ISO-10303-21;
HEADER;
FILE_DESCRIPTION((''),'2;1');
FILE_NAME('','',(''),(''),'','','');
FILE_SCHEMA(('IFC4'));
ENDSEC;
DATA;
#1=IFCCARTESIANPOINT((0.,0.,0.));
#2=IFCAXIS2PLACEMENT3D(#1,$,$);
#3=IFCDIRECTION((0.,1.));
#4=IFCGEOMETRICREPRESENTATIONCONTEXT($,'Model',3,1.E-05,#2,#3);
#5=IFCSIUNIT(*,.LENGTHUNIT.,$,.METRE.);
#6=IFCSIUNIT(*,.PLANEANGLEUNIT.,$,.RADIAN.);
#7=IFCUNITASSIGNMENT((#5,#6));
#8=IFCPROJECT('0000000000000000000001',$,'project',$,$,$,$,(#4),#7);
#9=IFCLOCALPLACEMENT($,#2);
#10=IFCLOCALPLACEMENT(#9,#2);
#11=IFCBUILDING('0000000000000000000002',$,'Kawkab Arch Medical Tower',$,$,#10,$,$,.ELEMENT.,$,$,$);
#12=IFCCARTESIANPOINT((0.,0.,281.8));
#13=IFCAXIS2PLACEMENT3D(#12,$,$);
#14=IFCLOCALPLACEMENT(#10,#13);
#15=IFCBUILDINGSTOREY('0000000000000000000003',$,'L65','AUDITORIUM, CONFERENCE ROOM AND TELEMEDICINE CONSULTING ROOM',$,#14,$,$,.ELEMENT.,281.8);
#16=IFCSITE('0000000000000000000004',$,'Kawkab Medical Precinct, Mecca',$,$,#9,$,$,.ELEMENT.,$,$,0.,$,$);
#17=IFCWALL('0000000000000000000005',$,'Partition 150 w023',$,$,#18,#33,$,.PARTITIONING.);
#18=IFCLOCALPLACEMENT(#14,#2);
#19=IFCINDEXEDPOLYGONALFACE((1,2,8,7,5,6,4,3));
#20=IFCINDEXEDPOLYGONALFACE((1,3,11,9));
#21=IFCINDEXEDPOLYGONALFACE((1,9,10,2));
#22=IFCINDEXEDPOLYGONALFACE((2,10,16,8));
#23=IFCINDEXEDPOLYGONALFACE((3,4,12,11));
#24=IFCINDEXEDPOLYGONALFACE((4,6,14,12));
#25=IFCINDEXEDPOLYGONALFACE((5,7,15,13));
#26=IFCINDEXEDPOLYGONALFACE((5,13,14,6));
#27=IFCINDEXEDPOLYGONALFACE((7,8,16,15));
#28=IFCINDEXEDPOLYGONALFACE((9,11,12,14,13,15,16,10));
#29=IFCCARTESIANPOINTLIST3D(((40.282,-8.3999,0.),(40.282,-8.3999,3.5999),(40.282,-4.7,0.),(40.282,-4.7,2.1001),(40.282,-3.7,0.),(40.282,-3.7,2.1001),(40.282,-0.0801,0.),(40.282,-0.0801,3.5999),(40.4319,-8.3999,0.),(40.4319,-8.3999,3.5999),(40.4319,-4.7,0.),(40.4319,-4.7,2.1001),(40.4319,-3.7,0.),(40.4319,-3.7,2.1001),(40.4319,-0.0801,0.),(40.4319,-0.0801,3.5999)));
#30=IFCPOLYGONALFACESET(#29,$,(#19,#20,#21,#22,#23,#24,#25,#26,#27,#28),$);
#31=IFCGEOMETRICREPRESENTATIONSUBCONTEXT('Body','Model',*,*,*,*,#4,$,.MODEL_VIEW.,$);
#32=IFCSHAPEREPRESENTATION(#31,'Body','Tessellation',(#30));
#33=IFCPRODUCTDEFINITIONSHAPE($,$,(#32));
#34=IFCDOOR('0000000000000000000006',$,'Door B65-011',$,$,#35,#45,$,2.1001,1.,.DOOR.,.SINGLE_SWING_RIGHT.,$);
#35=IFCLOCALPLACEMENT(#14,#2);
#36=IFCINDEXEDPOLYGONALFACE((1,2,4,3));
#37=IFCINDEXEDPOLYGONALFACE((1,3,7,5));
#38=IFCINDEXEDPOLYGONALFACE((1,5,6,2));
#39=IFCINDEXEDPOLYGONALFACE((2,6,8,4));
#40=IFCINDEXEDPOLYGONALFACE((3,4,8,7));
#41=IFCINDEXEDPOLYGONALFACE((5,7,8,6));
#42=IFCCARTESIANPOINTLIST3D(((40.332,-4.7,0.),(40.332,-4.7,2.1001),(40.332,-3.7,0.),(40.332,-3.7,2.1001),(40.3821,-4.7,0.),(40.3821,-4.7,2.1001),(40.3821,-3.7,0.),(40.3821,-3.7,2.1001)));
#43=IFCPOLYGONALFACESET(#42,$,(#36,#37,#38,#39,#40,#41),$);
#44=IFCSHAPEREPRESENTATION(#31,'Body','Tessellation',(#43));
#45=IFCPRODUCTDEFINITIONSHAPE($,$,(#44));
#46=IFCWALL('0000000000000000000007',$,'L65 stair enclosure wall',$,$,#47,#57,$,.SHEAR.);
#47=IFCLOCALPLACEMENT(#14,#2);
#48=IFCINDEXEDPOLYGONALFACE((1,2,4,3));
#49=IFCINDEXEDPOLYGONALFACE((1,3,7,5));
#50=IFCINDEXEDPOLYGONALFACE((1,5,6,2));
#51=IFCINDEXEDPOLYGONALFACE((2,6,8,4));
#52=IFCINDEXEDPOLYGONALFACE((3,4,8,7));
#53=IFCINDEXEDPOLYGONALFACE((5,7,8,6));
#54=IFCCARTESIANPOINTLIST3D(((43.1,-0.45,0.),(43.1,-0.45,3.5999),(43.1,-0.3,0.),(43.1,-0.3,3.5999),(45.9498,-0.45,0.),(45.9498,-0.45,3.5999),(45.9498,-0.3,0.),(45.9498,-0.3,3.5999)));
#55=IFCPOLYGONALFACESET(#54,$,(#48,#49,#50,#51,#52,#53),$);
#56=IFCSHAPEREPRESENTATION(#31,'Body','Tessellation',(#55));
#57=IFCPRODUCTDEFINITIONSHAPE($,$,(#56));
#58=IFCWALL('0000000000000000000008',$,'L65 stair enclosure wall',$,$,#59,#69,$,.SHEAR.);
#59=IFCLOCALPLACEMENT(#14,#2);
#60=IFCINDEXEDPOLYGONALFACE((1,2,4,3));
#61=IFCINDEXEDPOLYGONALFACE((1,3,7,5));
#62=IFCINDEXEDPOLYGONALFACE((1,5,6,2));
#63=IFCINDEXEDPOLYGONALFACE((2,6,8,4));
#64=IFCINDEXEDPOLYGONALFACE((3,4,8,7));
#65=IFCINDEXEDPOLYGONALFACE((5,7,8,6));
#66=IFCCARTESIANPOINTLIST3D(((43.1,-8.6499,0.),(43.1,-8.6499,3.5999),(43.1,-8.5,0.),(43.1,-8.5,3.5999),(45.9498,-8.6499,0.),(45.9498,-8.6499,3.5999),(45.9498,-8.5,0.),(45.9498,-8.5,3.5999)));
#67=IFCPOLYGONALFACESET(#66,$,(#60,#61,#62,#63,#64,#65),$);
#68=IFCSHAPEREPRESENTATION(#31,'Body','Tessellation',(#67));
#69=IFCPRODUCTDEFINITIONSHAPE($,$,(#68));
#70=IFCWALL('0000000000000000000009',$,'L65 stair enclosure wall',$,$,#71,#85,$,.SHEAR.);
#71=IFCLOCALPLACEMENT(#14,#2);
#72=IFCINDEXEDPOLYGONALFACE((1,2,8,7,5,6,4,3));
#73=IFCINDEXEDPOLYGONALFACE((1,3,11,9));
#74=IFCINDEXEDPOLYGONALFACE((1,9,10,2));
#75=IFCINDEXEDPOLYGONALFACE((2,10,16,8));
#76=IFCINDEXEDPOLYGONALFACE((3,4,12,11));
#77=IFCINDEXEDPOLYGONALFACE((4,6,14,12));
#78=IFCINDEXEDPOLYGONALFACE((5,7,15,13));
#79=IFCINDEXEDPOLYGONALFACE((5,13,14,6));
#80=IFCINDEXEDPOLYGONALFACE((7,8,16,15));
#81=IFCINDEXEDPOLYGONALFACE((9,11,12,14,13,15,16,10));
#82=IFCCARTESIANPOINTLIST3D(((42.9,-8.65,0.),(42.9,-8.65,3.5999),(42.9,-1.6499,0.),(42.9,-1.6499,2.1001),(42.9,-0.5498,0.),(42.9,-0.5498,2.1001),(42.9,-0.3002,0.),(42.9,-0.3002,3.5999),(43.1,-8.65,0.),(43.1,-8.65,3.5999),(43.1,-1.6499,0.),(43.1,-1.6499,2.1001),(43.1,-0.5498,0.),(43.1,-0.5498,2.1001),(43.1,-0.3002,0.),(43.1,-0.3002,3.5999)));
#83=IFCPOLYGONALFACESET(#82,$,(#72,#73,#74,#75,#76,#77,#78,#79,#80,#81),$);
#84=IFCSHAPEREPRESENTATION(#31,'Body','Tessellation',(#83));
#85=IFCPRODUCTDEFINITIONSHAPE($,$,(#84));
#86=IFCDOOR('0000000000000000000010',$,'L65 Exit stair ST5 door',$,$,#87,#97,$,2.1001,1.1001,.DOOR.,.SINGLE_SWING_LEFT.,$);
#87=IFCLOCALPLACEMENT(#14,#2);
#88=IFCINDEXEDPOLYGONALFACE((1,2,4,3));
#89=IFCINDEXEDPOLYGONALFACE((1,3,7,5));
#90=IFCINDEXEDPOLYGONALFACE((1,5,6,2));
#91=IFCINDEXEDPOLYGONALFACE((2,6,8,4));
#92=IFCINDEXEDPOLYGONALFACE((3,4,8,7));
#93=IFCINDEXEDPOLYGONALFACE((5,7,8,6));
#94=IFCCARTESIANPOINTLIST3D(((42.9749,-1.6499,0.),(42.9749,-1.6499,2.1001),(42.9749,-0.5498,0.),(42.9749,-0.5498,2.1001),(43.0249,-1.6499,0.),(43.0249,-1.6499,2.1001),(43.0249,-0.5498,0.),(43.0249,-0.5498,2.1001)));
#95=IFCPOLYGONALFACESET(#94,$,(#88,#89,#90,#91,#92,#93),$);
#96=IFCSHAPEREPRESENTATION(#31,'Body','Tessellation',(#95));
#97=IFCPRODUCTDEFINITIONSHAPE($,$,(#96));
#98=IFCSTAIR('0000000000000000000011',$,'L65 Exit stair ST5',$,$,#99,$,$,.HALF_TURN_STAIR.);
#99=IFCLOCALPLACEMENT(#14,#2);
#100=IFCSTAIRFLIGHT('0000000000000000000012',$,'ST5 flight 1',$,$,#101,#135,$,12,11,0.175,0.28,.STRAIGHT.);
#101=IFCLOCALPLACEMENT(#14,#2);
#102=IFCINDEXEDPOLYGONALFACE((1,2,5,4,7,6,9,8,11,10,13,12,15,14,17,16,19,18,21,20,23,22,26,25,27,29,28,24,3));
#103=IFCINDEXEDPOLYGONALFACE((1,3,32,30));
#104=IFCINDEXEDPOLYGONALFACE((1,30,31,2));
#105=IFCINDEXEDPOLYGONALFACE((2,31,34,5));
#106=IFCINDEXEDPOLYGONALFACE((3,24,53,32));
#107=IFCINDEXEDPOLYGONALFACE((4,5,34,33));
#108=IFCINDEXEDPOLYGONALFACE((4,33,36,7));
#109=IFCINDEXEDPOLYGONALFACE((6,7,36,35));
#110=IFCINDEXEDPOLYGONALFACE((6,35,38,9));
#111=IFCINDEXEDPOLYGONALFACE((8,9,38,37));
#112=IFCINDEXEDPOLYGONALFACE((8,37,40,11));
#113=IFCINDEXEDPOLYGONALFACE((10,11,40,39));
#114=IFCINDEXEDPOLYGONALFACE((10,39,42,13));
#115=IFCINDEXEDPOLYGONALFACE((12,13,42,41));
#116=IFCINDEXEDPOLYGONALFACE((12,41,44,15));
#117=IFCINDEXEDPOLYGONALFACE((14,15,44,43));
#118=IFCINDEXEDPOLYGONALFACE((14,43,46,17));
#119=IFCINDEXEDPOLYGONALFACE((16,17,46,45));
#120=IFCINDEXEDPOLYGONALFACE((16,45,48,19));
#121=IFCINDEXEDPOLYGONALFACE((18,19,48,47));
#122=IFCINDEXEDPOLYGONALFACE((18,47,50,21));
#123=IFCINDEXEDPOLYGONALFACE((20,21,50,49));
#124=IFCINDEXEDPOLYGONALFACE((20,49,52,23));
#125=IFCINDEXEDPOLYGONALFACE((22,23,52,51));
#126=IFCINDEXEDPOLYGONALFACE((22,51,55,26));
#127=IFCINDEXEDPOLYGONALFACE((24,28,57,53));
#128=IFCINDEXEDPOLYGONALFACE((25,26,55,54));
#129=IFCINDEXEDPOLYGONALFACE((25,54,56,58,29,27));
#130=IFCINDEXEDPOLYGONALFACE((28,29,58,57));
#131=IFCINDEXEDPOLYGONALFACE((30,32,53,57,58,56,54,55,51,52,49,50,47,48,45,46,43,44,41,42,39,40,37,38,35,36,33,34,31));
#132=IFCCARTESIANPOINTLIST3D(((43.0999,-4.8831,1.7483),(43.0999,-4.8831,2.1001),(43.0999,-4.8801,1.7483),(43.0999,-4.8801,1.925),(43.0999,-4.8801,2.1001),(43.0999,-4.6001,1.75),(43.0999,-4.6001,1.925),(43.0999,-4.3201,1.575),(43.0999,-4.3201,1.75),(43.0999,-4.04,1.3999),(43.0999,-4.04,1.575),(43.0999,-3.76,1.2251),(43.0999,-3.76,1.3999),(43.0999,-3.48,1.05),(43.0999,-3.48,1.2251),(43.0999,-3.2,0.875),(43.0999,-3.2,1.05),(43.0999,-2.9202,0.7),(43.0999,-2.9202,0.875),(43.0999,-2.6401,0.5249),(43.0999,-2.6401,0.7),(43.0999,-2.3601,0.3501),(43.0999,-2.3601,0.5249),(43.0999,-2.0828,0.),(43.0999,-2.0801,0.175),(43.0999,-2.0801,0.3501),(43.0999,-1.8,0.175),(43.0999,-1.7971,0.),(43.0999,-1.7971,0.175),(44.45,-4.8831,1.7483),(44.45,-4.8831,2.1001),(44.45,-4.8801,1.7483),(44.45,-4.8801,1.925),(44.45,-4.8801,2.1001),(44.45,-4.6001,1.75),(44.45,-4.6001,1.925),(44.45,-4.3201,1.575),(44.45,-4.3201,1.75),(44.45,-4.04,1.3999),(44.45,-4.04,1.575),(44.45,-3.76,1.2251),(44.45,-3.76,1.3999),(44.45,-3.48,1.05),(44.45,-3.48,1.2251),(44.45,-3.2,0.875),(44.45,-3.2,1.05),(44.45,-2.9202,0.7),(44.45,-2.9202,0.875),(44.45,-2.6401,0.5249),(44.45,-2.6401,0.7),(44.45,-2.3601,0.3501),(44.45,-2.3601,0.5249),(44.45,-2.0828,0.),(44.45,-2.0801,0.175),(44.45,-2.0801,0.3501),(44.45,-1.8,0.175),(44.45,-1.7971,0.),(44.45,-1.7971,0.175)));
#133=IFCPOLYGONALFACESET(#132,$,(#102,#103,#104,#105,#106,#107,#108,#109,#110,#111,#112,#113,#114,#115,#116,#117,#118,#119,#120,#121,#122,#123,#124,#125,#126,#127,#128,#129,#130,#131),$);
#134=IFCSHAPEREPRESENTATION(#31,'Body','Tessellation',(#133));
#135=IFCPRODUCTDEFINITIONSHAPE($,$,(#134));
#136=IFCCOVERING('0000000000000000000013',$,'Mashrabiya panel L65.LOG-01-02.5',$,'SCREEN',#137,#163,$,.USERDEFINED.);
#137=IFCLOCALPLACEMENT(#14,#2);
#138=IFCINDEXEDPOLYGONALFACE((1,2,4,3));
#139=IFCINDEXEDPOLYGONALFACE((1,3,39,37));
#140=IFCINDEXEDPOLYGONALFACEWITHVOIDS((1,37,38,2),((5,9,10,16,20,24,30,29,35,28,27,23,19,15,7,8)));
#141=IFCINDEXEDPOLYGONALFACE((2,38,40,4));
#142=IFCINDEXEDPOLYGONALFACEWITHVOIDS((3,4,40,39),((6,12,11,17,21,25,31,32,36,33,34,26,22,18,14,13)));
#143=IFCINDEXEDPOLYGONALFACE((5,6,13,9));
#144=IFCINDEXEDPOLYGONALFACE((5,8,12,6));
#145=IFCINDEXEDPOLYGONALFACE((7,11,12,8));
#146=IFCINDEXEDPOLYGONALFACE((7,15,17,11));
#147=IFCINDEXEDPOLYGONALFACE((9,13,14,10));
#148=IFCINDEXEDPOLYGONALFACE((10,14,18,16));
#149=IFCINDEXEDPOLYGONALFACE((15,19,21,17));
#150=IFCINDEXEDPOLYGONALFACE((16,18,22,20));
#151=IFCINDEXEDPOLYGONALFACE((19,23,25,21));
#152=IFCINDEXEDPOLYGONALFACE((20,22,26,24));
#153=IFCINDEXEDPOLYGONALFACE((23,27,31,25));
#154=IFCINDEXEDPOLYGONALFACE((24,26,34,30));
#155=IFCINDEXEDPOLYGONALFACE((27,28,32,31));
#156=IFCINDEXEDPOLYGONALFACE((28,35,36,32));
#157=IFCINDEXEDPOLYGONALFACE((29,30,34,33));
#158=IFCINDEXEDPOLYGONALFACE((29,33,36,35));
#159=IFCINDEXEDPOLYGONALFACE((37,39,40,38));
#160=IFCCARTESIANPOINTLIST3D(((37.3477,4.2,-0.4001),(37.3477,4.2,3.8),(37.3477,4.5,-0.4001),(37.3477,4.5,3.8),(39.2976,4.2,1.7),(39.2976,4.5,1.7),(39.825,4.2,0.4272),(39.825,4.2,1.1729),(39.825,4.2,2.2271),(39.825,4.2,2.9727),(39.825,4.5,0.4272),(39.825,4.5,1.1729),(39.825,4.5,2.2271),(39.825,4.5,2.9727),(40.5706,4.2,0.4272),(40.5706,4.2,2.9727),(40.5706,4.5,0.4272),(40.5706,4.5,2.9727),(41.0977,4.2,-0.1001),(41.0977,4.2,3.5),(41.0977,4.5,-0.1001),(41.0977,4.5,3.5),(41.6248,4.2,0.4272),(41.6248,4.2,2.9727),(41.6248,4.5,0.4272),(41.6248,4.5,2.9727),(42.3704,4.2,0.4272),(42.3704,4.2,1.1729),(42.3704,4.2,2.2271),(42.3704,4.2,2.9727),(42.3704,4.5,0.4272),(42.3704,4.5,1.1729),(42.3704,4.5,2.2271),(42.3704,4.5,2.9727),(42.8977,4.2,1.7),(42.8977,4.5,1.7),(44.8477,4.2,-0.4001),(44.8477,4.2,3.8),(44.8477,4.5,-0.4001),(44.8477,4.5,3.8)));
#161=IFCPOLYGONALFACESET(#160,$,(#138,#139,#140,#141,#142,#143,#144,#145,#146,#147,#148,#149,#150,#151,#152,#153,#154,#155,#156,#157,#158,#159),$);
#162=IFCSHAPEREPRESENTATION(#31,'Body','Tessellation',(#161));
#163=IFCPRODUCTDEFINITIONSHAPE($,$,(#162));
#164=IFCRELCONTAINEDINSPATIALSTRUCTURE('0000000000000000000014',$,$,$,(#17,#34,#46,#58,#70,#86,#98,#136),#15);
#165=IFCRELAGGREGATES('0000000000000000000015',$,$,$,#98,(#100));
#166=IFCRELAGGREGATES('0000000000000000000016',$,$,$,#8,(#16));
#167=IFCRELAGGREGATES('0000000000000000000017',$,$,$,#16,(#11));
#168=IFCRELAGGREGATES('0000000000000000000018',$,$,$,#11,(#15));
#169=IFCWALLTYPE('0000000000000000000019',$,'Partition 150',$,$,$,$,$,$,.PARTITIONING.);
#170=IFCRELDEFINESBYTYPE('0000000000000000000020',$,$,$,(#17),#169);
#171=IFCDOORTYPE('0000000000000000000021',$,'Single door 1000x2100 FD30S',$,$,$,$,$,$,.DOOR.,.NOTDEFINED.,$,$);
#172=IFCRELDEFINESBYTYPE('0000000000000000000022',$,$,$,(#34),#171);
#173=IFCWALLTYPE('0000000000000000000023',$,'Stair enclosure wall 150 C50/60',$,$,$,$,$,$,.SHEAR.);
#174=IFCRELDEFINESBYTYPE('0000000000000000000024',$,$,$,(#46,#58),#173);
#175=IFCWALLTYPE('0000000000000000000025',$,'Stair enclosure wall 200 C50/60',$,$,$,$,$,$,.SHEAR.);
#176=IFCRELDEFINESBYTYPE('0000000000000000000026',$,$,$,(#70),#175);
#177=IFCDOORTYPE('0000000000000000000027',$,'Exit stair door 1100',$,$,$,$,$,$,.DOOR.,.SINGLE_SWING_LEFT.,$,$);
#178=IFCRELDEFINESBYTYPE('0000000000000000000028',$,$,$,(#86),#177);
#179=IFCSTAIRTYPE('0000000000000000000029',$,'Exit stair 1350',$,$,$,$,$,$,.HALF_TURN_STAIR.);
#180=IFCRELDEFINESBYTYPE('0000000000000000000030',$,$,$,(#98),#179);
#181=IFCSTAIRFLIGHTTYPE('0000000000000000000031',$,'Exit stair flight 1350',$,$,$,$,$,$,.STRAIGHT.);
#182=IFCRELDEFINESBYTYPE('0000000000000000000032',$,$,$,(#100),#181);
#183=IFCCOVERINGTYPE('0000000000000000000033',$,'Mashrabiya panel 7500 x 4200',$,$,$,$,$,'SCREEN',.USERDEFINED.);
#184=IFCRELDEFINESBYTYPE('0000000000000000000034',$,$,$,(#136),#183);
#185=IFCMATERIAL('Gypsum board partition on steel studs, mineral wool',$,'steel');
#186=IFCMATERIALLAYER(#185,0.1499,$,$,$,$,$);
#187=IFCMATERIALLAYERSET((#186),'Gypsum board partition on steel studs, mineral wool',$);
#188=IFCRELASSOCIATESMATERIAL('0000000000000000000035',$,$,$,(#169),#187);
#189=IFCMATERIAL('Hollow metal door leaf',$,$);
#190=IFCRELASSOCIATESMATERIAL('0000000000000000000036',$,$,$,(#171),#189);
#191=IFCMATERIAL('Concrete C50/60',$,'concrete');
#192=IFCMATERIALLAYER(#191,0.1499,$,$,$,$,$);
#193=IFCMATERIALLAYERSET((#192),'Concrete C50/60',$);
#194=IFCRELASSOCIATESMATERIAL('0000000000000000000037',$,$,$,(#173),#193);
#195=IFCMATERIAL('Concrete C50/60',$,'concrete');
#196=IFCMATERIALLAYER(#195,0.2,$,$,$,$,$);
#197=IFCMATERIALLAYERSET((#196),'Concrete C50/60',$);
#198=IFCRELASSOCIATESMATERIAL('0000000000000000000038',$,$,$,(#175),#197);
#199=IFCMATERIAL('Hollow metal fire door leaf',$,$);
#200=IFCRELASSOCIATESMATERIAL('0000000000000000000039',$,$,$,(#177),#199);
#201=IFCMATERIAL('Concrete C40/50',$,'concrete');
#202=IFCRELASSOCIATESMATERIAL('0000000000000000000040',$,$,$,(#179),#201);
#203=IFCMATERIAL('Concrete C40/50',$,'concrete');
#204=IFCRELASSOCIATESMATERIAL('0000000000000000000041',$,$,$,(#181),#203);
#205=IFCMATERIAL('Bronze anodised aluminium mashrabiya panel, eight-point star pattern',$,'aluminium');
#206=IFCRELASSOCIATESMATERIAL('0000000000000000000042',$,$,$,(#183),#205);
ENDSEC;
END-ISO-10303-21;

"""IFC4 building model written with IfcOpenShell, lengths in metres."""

from ifc_helpers import new_model, si_unit, direction, frame, frame_2d, origin, place, context, subcontext, project, spatial, polyline, rectangle, outline, extrude, material, layer, layer_set, material_profile, profile_set, type_object, element, fill, aggregate, save


model = new_model("IFC4")

# Units and contexts
model_context = context("Model", 3, precision=1e-05, world=origin(), true_north=direction((0.0, 1.0)))
body_context = subcontext(model_context, "Body", "Model", "MODEL_VIEW")
ifc_project = project(units=[si_unit("LENGTHUNIT", "METRE"), si_unit("PLANEANGLEUNIT", "RADIAN")], contexts=[model_context])

# Site, building, storey
site_placement = place(None, origin())
site = spatial("IfcSite", under=ifc_project, at=site_placement, Name="Kawkab Medical Precinct, Mecca", CompositionType="ELEMENT", RefElevation=0.0)
building_placement = place(site_placement, origin())
building = spatial("IfcBuilding", under=site, at=building_placement, Name="Kawkab Arch Medical Tower", CompositionType="ELEMENT")
storey_placement = place(building_placement, frame((0.0, 0.0, 281.8)))
storey = spatial("IfcBuildingStorey", under=building, at=storey_placement, Name="L65", Description="AUDITORIUM, CONFERENCE ROOM AND TELEMEDICINE CONSULTING ROOM", CompositionType="ELEMENT", Elevation=281.8)

# Shared definitions
placement = place(storey_placement, origin())

# Shared definitions
ifc_material_1 = material(Name="Gypsum board partition on steel studs, mineral wool", Category="steel")
ifc_layer_1 = layer(ifc_material_1, 0.1499)
ifc_layer_set_1 = layer_set([ifc_layer_1], Name="Gypsum board partition on steel studs, mineral wool")
wall_type_1 = type_object("IfcWallType", Name="Partition 150", PredefinedType="PARTITIONING", material=ifc_layer_set_1)

# Wall, opening, door
wall_1_placement = place(storey_placement, frame((40.3569, -8.3999, 0.0), z_axis=(0.0, 0.0, 1.0), x_axis=(0.0, 1.0, 0.0)))
wall_1 = element("IfcWall", 1, at=wall_1_placement, inside=storey, type_object=wall_type_1, Name="Partition 150 w023", PredefinedType="PARTITIONING", context=body_context, shape_type="SweptSolid", body=[
    extrude(rectangle(XDim=8.3198, YDim=0.1499, at=frame_2d((4.1599, 0.0))), origin(), (0.0, 0.0, 1.0), 3.5999),
])
opening_1_placement = place(wall_1_placement, frame((3.7, 0.0, 0.0)))
opening_1 = element("IfcOpeningElement", 2, at=opening_1_placement, cuts=wall_1, PredefinedType="OPENING", context=body_context, shape_type="SweptSolid", body=[
    extrude(rectangle(XDim=1.0, YDim=2.1001, at=frame_2d((0.5, 1.05))), frame((0.0, 0.085, 0.0), z_axis=(0.0, -1.0, 0.0), x_axis=(1.0, 0.0, 0.0)), (0.0, 0.0, 1.0), 0.1699),
])
ifc_material_2 = material(Name="Hollow metal door leaf")
door_type_1 = type_object("IfcDoorType", Name="Single door 1000x2100 FD30S", OperationType="NOTDEFINED", PredefinedType="DOOR", material=ifc_material_2)
door_1_placement = place(opening_1_placement, origin())
door_1 = element("IfcDoor", 3, at=door_1_placement, inside=storey, type_object=door_type_1, Name="Door B65-011", OperationType="SINGLE_SWING_RIGHT", OverallHeight=2.1001, OverallWidth=1.0, PredefinedType="DOOR", context=body_context, shape_type="SweptSolid", body=[
    extrude(rectangle(XDim=1.0, YDim=2.1001, at=frame_2d((0.5, 1.05))), frame((0.0, 0.0249, 0.0), z_axis=(0.0, -1.0, 0.0), x_axis=(1.0, 0.0, 0.0)), (0.0, 0.0, 1.0), 0.05),
])
fill(opening_1, door_1)

# Walls
ifc_material_3 = material(Name="Concrete C50/60", Category="concrete")
ifc_layer_2 = layer(ifc_material_3, 0.1499)
ifc_layer_set_2 = layer_set([ifc_layer_2], Name="Concrete C50/60")
wall_type_2 = type_object("IfcWallType", Name="Stair enclosure wall 150 C50/60", PredefinedType="SHEAR", material=ifc_layer_set_2)
for number, where, z_axis, x_axis, name in (
    (4, (43.1001, -0.375, 0.0), (0.0, 0.0, 1.0), (1.0, 0.0, 0.0), "L65 stair enclosure wall"),
    (5, (43.1001, -8.575, 0.0), (0.0, 0.0, 1.0), (1.0, 0.0, 0.0), "L65 stair enclosure wall"),
):
    element("IfcWall", number, at=place(storey_placement, frame(where, z_axis=z_axis, x_axis=x_axis)), inside=storey, type_object=wall_type_2, Name=name, PredefinedType="SHEAR", context=body_context, shape_type="SweptSolid", body=[
        extrude(rectangle(XDim=2.8499, YDim=0.1499, at=frame_2d((1.4248, 0.0))), origin(), (0.0, 0.0, 1.0), 3.5999),
    ])

# Wall, opening, door
ifc_material_4 = material(Name="Concrete C50/60", Category="concrete")
ifc_layer_3 = layer(ifc_material_4, 0.2)
ifc_layer_set_3 = layer_set([ifc_layer_3], Name="Concrete C50/60")
wall_type_3 = type_object("IfcWallType", Name="Stair enclosure wall 200 C50/60", PredefinedType="SHEAR", material=ifc_layer_set_3)
wall_2_placement = place(storey_placement, frame((43.0, -8.6499, 0.0), z_axis=(0.0, 0.0, 1.0), x_axis=(0.0, 1.0, 0.0)))
wall_2 = element("IfcWall", 6, at=wall_2_placement, inside=storey, type_object=wall_type_3, Name="L65 stair enclosure wall", PredefinedType="SHEAR", context=body_context, shape_type="SweptSolid", body=[
    extrude(rectangle(XDim=8.3499, YDim=0.2, at=frame_2d((4.1748, 0.0))), origin(), (0.0, 0.0, 1.0), 3.5999),
])
opening_2_placement = place(wall_2_placement, frame((7.0, 0.0, 0.0)))
opening_2 = element("IfcOpeningElement", 7, at=opening_2_placement, cuts=wall_2, PredefinedType="OPENING", context=body_context, shape_type="SweptSolid", body=[
    extrude(rectangle(XDim=1.1001, YDim=2.1001, at=frame_2d((0.55, 1.05))), frame((0.0, 0.1099, 0.0), z_axis=(0.0, -1.0, 0.0), x_axis=(1.0, 0.0, 0.0)), (0.0, 0.0, 1.0), 0.22),
])
ifc_material_5 = material(Name="Hollow metal fire door leaf")
door_type_2 = type_object("IfcDoorType", Name="Exit stair door 1100", OperationType="SINGLE_SWING_LEFT", PredefinedType="DOOR", material=ifc_material_5)
door_2_placement = place(opening_2_placement, frame((1.1001, 0.0, 0.0), z_axis=(0.0, 0.0, 1.0), x_axis=(-1.0, 0.0, 0.0)))
door_2 = element("IfcDoor", 8, at=door_2_placement, inside=storey, type_object=door_type_2, Name="L65 Exit stair ST5 door", OperationType="SINGLE_SWING_LEFT", OverallHeight=2.1001, OverallWidth=1.1001, PredefinedType="DOOR", context=body_context, shape_type="SweptSolid", body=[
    extrude(rectangle(XDim=1.1001, YDim=2.1001, at=frame_2d((0.55, 1.05))), frame((0.0, 0.0249, 0.0), z_axis=(0.0, -1.0, 0.0), x_axis=(1.0, 0.0, 0.0)), (0.0, 0.0, 1.0), 0.05),
])
fill(opening_2, door_2)

# Stair, stair flight
ifc_material_6 = material(Name="Concrete C40/50", Category="concrete")
stair_type = type_object("IfcStairType", Name="Exit stair 1350", PredefinedType="HALF_TURN_STAIR", material=ifc_material_6)
stair = element("IfcStair", 9, at=placement, inside=storey, type_object=stair_type, Name="L65 Exit stair ST5", PredefinedType="HALF_TURN_STAIR")
ifc_material_7 = material(Name="Concrete C40/50", Category="concrete")
stair_flight_type = type_object("IfcStairFlightType", Name="Exit stair flight 1350", PredefinedType="STRAIGHT", material=ifc_material_7)
stair_flight_placement = place(storey_placement, frame((43.7749, -1.8, 0.0), z_axis=(0.0, 0.0, 1.0), x_axis=(0.0, -1.0, 0.0)))
stair_flight = element("IfcStairFlight", 10, at=stair_flight_placement, type_object=stair_flight_type, Name="ST5 flight 1", NumberOfRisers=12, NumberOfTreads=11, PredefinedType="STRAIGHT", RiserHeight=0.175, TreadLength=0.28, context=body_context, shape_type="SweptSolid", body=[
    extrude(outline(polyline([(-0.0029, 0.0), (-0.0029, 0.175), (0.0, 0.175), (0.28, 0.175), (0.28, 0.3501), (0.5601, 0.3501), (0.5601, 0.5249), (0.8401, 0.5249), (0.8401, 0.7), (1.1201, 0.7), (1.1201, 0.875), (1.3999, 0.875), (1.3999, 1.05), (1.6799, 1.05), (1.6799, 1.2251), (1.96, 1.2251), (1.96, 1.3999), (2.24, 1.3999), (2.24, 1.575), (2.52, 1.575), (2.52, 1.75), (2.8, 1.75), (2.8, 1.925), (3.0801, 1.925), (3.0801, 2.1001), (3.083, 2.1001), (3.083, 1.7483), (3.0801, 1.7483), (0.2827, 0.0), (-0.0029, 0.0)])), frame((0.0, 0.675, 0.0), z_axis=(0.0, -1.0, 0.0), x_axis=(1.0, 0.0, 0.0)), (0.0, 0.0, 1.0), 1.3501),
])
aggregate(stair, [stair_flight])

# Covering
ifc_material_8 = material(Name="Bronze anodised aluminium mashrabiya panel, eight-point star pattern", Category="aluminium")
ifc_material_profile_1 = material_profile(ifc_material_8, outline(polyline([(-3.75, -2.1001), (3.75, -2.1001), (3.75, 2.1001), (-3.75, 2.1001), (-3.75, -2.1001)]), holes=[polyline([(1.8, 0.0), (1.2727, 0.5271), (1.2727, 1.2727), (0.5271, 1.2727), (0.0, 1.8), (-0.5271, 1.2727), (-1.2727, 1.2727), (-1.2727, 0.5271), (-1.8, 0.0), (-1.2727, -0.5271), (-1.2727, -1.2727), (-0.5271, -1.2727), (0.0, -1.8), (0.5271, -1.2727), (1.2727, -1.2727), (1.2727, -0.5271), (1.8, 0.0)])]), Name="Mashrabiya panel 7500x4200")
ifc_profile_set_1 = profile_set([ifc_material_profile_1], Name="Bronze anodised aluminium mashrabiya panel, eight-point star pattern")
covering_type_1 = type_object("IfcCoveringType", Name="Mashrabiya panel 7500 x 4200", ElementType="SCREEN", PredefinedType="USERDEFINED", material=ifc_profile_set_1)
covering_1_placement = place(storey_placement, frame((41.0977, 4.2, 1.7), z_axis=(0.0, 1.0, 0.0), x_axis=(-1.0, 0.0, 0.0)))
element("IfcCovering", 11, at=covering_1_placement, inside=storey, type_object=covering_type_1, Name="Mashrabiya panel L65.LOG-01-02.5", ObjectType="SCREEN", PredefinedType="USERDEFINED", context=body_context, shape_type="SweptSolid", body=[
    extrude(outline(polyline([(-3.75, -2.1001), (3.75, -2.1001), (3.75, 2.1001), (-3.75, 2.1001), (-3.75, -2.1001)]), holes=[polyline([(1.8, 0.0), (1.2727, 0.5271), (1.2727, 1.2727), (0.5271, 1.2727), (0.0, 1.8), (-0.5271, 1.2727), (-1.2727, 1.2727), (-1.2727, 0.5271), (-1.8, 0.0), (-1.2727, -0.5271), (-1.2727, -1.2727), (-0.5271, -1.2727), (0.0, -1.8), (0.5271, -1.2727), (1.2727, -1.2727), (1.2727, -0.5271), (1.8, 0.0)])]), origin(), (0.0, 0.0, 1.0), 0.3),
])

save(model, "model.ifc")
